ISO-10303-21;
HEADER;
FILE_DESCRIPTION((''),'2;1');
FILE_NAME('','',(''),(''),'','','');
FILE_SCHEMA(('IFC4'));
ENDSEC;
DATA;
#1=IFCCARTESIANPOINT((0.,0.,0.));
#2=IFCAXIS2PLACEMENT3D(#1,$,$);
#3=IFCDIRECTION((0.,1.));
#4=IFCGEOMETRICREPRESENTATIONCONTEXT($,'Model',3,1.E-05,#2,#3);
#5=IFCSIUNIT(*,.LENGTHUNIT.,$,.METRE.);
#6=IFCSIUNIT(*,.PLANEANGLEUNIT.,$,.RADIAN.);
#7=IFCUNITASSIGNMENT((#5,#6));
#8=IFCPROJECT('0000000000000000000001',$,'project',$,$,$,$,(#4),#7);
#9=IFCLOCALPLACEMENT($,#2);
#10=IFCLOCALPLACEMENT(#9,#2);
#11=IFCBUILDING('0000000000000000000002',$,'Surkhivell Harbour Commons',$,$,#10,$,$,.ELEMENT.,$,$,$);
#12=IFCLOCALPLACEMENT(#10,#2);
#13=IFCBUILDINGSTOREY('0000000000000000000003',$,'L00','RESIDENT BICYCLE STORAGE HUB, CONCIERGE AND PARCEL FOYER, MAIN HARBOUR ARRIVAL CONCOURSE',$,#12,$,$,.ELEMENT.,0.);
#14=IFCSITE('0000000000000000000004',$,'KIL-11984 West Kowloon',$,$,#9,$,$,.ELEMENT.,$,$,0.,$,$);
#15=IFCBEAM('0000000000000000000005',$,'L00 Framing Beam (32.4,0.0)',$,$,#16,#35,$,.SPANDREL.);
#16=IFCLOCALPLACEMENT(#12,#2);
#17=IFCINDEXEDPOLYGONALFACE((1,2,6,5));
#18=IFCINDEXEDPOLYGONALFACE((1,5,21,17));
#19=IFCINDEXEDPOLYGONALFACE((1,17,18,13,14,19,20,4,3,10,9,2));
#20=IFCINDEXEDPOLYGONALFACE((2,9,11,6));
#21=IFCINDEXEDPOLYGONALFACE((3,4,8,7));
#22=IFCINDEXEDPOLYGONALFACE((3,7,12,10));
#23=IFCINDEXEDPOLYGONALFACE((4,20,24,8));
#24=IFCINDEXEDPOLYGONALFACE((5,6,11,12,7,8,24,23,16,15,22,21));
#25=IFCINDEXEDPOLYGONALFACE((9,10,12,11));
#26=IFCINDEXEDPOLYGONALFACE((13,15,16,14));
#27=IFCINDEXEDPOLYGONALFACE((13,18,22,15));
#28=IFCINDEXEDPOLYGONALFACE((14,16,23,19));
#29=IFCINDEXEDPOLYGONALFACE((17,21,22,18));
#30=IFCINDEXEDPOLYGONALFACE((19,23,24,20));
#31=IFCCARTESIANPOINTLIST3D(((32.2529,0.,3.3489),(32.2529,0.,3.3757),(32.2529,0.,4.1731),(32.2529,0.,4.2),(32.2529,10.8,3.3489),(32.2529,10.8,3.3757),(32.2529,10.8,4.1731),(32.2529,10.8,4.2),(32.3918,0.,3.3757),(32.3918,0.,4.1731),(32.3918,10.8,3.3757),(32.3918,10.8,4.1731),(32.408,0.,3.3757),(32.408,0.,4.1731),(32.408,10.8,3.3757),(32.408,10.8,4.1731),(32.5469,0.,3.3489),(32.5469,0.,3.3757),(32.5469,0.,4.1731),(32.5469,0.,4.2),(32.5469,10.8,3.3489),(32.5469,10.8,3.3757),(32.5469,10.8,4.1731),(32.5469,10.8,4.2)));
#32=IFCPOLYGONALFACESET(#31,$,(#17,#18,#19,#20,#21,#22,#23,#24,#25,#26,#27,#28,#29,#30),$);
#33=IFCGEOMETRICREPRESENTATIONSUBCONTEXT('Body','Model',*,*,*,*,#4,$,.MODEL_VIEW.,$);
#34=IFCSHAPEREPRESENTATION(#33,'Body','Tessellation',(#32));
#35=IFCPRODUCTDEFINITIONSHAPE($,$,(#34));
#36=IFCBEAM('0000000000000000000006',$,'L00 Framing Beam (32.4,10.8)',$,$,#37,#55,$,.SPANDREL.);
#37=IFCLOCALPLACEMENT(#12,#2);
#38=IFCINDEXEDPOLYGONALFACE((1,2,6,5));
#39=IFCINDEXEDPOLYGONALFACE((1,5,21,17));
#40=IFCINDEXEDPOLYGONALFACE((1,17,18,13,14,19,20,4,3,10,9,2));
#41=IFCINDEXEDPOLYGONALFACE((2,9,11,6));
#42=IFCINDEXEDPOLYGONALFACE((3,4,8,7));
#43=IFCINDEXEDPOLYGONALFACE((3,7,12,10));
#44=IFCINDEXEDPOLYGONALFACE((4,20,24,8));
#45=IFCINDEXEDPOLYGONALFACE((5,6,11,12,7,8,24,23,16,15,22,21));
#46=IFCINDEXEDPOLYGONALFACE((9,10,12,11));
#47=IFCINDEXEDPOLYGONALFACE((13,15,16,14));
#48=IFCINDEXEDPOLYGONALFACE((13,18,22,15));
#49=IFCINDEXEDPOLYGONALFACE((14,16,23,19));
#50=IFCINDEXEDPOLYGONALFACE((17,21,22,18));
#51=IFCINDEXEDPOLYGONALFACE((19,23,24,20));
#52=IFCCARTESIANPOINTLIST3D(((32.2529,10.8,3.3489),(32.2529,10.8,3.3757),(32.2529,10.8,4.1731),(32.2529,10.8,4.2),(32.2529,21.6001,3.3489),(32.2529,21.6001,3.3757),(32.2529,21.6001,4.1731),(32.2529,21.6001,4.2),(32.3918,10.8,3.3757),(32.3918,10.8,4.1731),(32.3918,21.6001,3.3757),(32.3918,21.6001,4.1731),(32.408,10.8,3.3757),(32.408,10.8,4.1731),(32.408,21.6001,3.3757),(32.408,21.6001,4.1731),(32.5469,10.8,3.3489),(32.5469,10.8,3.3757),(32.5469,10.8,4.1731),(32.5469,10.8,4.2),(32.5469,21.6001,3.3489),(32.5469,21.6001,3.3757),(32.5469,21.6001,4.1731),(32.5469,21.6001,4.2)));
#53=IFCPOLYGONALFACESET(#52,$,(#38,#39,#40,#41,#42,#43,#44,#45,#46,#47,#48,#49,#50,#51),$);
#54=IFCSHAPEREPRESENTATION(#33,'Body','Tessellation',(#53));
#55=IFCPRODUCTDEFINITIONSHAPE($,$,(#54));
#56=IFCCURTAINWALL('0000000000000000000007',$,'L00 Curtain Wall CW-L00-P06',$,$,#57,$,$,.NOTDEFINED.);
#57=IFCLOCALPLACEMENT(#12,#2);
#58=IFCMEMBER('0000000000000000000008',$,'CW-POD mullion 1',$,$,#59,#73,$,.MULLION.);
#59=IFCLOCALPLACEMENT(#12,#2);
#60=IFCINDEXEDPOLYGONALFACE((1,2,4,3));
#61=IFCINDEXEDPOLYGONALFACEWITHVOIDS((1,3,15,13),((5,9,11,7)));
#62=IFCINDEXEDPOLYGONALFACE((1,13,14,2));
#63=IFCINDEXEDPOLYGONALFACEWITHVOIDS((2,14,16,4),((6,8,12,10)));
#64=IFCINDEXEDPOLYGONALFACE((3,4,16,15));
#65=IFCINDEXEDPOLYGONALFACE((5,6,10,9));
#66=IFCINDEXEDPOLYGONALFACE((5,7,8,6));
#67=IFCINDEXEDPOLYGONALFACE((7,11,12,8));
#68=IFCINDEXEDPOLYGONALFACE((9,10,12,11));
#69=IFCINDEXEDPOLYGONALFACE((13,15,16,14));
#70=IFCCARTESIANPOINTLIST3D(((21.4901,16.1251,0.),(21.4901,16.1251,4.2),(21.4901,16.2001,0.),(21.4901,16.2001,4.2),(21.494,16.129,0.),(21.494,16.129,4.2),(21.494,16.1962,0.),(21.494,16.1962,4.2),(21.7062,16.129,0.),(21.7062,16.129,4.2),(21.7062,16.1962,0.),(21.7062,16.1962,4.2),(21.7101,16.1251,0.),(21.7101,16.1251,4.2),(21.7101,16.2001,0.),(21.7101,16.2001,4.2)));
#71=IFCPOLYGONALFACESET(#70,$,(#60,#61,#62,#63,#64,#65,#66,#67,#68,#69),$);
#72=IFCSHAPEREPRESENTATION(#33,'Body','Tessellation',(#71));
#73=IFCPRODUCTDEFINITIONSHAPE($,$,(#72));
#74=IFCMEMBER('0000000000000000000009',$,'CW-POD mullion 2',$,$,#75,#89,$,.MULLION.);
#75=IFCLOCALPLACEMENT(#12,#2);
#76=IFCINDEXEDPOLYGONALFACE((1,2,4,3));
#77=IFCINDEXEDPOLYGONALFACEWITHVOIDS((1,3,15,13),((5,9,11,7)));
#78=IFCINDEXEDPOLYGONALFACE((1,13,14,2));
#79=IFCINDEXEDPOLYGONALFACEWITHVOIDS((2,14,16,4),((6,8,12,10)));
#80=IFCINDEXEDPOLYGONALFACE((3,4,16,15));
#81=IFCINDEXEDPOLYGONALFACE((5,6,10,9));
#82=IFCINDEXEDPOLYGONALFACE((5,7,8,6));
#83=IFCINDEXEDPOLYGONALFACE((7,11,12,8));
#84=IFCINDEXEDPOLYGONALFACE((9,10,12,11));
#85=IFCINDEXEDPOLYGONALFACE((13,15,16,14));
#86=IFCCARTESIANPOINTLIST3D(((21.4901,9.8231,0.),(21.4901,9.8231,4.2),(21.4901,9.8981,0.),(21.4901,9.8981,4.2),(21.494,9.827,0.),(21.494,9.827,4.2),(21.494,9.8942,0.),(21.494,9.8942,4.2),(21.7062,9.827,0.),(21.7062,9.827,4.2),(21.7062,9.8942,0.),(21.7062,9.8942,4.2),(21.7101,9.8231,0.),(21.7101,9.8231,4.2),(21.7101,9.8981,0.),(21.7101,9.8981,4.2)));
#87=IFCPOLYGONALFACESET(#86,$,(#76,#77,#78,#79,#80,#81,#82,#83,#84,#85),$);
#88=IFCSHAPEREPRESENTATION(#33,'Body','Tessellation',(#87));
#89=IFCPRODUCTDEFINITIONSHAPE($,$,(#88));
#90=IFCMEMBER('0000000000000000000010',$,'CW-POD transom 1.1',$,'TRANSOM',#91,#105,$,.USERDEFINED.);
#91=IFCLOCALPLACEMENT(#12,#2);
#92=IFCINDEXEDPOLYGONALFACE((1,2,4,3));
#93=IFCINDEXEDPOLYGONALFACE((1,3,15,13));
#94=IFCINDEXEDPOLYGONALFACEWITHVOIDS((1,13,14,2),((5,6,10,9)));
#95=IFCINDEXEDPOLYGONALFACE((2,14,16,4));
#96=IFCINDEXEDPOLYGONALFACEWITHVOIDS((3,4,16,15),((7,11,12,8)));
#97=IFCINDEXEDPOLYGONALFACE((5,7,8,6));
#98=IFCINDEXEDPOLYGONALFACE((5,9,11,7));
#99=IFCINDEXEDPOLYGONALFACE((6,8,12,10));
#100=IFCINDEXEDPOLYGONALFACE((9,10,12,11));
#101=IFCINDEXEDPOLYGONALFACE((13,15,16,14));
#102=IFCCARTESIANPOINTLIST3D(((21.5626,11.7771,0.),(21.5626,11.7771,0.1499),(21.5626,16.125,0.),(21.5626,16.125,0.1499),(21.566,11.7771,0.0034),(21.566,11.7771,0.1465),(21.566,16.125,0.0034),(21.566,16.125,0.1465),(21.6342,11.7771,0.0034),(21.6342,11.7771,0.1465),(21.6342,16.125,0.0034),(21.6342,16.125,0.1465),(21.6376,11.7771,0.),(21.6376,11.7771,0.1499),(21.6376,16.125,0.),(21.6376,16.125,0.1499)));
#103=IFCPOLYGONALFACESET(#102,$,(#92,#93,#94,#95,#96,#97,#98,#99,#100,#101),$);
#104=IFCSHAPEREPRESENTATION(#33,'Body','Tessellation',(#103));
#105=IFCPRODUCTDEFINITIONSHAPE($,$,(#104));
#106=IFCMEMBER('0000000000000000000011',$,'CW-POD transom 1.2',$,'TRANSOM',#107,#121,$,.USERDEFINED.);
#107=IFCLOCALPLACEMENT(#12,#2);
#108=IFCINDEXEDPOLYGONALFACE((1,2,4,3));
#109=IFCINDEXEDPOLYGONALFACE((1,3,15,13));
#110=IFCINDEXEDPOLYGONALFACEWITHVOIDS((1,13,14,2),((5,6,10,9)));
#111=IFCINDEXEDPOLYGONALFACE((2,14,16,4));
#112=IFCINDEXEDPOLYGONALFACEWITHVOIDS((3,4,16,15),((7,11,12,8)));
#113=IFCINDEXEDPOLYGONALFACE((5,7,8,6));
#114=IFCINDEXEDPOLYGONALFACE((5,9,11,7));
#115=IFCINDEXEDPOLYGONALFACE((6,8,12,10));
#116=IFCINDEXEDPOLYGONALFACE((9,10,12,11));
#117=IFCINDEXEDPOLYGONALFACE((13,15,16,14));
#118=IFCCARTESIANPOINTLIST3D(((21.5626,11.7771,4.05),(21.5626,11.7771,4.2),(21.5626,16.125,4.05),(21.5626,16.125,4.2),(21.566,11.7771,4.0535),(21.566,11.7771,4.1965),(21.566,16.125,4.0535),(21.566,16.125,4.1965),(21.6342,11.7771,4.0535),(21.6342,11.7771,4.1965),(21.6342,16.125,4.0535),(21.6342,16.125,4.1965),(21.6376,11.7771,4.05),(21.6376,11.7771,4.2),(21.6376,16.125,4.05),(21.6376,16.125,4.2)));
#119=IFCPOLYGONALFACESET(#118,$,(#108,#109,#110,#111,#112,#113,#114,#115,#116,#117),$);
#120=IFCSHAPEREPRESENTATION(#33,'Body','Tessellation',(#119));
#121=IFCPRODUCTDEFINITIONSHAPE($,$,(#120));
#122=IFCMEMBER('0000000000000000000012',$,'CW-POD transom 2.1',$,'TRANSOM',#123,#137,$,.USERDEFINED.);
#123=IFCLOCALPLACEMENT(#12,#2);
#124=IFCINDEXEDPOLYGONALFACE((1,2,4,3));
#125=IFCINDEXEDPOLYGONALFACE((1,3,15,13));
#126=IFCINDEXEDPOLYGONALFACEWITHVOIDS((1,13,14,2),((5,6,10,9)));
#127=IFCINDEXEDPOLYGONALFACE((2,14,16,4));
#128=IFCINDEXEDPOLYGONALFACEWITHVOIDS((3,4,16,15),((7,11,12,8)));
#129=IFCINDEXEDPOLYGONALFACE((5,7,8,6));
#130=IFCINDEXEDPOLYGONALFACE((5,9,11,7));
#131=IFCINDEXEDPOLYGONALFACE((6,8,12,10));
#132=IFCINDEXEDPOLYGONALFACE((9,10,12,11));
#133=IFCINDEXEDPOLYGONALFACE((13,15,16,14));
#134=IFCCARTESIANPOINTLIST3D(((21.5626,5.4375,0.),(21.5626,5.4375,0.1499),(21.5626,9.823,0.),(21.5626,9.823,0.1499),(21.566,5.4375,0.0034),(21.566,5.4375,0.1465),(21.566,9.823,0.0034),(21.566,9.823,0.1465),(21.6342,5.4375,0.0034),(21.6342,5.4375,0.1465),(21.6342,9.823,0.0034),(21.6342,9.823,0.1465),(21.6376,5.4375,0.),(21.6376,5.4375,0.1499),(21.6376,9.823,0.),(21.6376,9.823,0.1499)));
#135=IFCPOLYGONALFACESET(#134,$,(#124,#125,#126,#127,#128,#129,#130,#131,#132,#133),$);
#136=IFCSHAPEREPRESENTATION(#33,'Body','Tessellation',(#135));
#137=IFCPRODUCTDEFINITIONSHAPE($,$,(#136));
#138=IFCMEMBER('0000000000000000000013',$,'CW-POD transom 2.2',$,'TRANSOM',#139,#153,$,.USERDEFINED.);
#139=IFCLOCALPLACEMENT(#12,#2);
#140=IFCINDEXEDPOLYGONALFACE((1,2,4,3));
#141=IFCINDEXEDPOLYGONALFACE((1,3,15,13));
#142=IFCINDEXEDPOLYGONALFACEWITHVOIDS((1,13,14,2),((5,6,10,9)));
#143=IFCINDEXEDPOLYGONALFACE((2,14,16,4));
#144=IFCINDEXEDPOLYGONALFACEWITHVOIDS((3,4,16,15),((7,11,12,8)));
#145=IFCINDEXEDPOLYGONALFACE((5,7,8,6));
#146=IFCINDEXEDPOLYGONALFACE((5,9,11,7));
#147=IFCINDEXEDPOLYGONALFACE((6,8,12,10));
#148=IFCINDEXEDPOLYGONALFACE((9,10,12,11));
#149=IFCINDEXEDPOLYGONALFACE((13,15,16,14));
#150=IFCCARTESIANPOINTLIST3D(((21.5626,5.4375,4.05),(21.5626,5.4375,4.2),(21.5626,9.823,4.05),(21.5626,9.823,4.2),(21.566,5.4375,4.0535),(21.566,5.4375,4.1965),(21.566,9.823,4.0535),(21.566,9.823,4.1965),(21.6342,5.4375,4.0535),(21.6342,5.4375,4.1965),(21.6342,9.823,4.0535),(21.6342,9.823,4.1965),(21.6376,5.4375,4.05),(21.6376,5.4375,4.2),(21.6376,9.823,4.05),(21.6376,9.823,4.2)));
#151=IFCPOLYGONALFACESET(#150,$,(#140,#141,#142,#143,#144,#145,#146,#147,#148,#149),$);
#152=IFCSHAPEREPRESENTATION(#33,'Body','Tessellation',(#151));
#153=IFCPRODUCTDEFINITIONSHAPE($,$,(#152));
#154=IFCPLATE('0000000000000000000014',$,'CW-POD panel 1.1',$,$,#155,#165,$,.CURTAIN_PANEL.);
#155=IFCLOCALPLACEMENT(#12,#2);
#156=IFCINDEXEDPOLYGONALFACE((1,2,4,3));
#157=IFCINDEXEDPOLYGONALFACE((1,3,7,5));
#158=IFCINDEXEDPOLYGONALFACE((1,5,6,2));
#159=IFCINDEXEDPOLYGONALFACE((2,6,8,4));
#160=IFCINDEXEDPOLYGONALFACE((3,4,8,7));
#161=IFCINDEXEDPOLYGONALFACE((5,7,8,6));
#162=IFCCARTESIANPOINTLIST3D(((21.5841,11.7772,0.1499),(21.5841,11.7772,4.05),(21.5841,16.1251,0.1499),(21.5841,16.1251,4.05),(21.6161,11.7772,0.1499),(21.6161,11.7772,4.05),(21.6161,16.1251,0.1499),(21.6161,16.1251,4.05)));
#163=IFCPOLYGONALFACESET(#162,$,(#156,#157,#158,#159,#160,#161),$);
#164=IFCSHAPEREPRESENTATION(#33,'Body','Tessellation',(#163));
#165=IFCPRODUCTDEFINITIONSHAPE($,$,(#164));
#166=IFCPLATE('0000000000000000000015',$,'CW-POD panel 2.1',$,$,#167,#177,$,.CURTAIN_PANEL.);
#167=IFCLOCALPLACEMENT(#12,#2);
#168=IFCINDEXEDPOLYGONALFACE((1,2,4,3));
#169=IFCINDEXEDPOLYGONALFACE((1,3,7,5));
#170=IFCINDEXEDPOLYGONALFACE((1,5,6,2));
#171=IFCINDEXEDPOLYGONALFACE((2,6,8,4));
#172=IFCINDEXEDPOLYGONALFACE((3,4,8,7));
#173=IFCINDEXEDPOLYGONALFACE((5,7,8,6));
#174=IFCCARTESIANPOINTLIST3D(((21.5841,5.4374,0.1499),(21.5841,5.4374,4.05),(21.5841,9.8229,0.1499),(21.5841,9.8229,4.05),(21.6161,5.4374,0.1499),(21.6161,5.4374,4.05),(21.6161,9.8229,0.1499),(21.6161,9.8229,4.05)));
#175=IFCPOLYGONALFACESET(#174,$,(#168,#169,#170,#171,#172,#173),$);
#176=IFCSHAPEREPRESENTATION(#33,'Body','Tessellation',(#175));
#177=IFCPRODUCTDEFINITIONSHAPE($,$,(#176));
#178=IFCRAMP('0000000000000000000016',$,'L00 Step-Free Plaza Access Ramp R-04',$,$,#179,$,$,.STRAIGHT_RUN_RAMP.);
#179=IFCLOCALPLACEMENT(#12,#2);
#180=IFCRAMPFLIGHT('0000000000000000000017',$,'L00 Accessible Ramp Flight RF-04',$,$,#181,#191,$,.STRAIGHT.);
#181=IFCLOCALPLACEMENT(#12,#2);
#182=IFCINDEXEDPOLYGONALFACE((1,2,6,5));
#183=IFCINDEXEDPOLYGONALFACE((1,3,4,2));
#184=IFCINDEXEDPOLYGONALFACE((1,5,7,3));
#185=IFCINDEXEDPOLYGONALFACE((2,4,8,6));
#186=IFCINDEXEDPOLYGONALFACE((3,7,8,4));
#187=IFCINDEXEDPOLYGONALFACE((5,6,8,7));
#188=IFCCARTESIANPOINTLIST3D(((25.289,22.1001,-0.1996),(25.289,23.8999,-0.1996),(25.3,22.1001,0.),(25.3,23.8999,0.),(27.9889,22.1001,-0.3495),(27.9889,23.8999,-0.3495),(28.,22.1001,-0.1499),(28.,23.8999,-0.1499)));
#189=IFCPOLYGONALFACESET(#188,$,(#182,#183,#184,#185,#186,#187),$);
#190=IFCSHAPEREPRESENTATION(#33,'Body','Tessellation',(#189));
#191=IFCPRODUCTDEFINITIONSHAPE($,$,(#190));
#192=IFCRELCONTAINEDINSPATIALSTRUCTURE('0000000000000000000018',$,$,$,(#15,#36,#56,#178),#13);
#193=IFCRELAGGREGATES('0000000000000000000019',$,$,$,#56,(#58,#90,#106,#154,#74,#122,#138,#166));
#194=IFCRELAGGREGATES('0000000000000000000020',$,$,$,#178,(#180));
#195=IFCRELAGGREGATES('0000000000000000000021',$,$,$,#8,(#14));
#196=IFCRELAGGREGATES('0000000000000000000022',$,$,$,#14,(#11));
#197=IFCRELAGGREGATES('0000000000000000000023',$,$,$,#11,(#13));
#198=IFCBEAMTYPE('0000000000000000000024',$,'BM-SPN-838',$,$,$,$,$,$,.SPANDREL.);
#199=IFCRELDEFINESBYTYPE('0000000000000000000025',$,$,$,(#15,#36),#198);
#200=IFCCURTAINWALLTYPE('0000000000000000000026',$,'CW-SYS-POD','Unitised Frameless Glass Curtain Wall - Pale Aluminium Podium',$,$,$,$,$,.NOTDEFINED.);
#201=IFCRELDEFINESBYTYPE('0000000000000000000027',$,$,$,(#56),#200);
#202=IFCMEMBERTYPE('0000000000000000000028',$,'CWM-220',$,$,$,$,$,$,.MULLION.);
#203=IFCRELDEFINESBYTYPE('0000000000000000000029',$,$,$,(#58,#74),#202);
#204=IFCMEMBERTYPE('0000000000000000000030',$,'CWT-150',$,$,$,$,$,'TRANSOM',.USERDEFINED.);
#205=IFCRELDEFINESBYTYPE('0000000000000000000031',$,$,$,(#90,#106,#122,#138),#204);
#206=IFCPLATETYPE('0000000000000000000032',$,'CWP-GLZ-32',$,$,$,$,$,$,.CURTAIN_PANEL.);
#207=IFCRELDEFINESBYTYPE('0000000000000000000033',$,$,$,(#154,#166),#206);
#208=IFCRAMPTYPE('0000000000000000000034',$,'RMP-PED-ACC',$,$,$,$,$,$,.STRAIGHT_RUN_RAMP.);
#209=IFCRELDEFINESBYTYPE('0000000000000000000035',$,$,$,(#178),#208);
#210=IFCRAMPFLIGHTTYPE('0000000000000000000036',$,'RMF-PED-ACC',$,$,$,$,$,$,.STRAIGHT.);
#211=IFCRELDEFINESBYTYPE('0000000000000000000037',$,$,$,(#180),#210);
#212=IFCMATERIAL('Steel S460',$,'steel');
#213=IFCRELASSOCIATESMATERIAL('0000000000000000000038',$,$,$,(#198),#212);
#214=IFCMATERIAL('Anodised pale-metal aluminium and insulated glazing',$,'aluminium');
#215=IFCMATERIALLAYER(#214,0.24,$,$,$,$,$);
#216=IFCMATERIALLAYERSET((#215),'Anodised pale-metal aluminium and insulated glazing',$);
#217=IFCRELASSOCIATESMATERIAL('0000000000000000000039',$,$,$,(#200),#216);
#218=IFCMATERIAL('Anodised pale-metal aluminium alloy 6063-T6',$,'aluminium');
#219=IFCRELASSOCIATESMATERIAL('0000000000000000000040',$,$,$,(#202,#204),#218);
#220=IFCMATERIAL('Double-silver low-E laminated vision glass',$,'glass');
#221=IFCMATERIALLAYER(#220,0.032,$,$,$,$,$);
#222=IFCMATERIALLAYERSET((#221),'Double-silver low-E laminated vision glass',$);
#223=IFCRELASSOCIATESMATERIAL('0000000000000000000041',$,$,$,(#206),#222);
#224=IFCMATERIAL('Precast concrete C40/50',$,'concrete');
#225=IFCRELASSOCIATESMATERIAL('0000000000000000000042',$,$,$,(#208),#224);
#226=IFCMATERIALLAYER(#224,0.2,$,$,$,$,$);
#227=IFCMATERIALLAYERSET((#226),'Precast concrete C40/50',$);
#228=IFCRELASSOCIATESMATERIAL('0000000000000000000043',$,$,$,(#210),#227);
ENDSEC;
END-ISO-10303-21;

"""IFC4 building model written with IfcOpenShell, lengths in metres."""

from ifc_helpers import new_model, si_unit, direction, frame, frame_2d, origin, origin_2d, place, context, subcontext, project, spatial, polyline, rectangle, hollow_rectangle, i_section, outline, extrude, material, layer, layer_set, material_profile, profile_set, type_object, element, aggregate, save


model = new_model("IFC4")

# Units and contexts
model_context = context("Model", 3, precision=1e-05, world=origin(), true_north=direction((0.0, 1.0)))
body_context = subcontext(model_context, "Body", "Model", "MODEL_VIEW")
ifc_project = project(units=[si_unit("LENGTHUNIT", "METRE"), si_unit("PLANEANGLEUNIT", "RADIAN")], contexts=[model_context])

# Site, building, storey
site_placement = place(None, origin())
site = spatial("IfcSite", under=ifc_project, at=site_placement, Name="KIL-11984 West Kowloon", CompositionType="ELEMENT", RefElevation=0.0)
building_placement = place(site_placement, origin())
building = spatial("IfcBuilding", under=site, at=building_placement, Name="Surkhivell Harbour Commons", CompositionType="ELEMENT")
storey_placement = place(building_placement, origin())
storey = spatial("IfcBuildingStorey", under=building, at=storey_placement, Name="L00", Description="RESIDENT BICYCLE STORAGE HUB, CONCIERGE AND PARCEL FOYER, MAIN HARBOUR ARRIVAL CONCOURSE", CompositionType="ELEMENT", Elevation=0.0)

# Beams
ifc_material_1 = material(Name="Steel S460", Category="steel")
ifc_material_profile_1 = material_profile(ifc_material_1, i_section(OverallWidth=0.2939, OverallDepth=0.8511, WebThickness=0.0161, FlangeThickness=0.0269, at=origin_2d()), Name="UB838x292x226")
ifc_profile_set_1 = profile_set([ifc_material_profile_1], Name="Steel S460")
beam_type = type_object("IfcBeamType", Name="BM-SPN-838", PredefinedType="SPANDREL", material=ifc_profile_set_1)
for number, where, z_axis, x_axis, name in (
    (1, (32.3999, 0.0, 3.7744), (0.0, 1.0, 0.0), (-1.0, 0.0, 0.0), "L00 Framing Beam (32.4,0.0)"),
    (2, (32.3999, 10.8, 3.7744), (0.0, 1.0, 0.0), (-1.0, 0.0, 0.0), "L00 Framing Beam (32.4,10.8)"),
):
    element("IfcBeam", number, at=place(storey_placement, frame(where, z_axis=z_axis, x_axis=x_axis)), inside=storey, type_object=beam_type, Name=name, PredefinedType="SPANDREL", context=body_context, shape_type="SweptSolid", body=[
        extrude(i_section(OverallWidth=0.2939, OverallDepth=0.8511, WebThickness=0.0161, FlangeThickness=0.0269, at=origin_2d()), origin(), (0.0, 0.0, 1.0), 10.8),
    ])

# Curtain wall, members, plates
ifc_material_2 = material(Name="Anodised pale-metal aluminium and insulated glazing", Category="aluminium")
ifc_layer_1 = layer(ifc_material_2, 0.24)
ifc_layer_set_1 = layer_set([ifc_layer_1], Name="Anodised pale-metal aluminium and insulated glazing")
curtain_wall_type = type_object("IfcCurtainWallType", Name="CW-SYS-POD", Description="Unitised Frameless Glass Curtain Wall - Pale Aluminium Podium", PredefinedType="NOTDEFINED", material=ifc_layer_set_1)
curtain_wall_placement = place(storey_placement, origin())
curtain_wall = element("IfcCurtainWall", 3, at=curtain_wall_placement, inside=storey, type_object=curtain_wall_type, Name="L00 Curtain Wall CW-L00-P06", PredefinedType="NOTDEFINED")
ifc_material_3 = material(Name="Anodised pale-metal aluminium alloy 6063-T6", Category="aluminium")
ifc_material_profile_2 = material_profile(ifc_material_3, hollow_rectangle(XDim=0.075, YDim=0.22, WallThickness=0.0039, at=origin_2d()), Name="ALU-MULL-75x220")
ifc_profile_set_2 = profile_set([ifc_material_profile_2], Name="Anodised pale-metal aluminium alloy 6063-T6")
member_type_1 = type_object("IfcMemberType", Name="CWM-220", PredefinedType="MULLION", material=ifc_profile_set_2)
member_1_placement = place(storey_placement, frame((21.6001, 16.1626, 0.0), z_axis=(0.0, 0.0, 1.0), x_axis=(0.0, -1.0, 0.0)))
member_1 = element("IfcMember", 4, at=member_1_placement, type_object=member_type_1, Name="CW-POD mullion 1", PredefinedType="MULLION", context=body_context, shape_type="SweptSolid", body=[
    extrude(hollow_rectangle(XDim=0.075, YDim=0.22, WallThickness=0.0039, at=origin_2d()), origin(), (0.0, 0.0, 1.0), 4.2),
])
member_2_placement = place(storey_placement, frame((21.6001, 9.8606, 0.0), z_axis=(0.0, 0.0, 1.0), x_axis=(0.0, -1.0, 0.0)))
member_2 = element("IfcMember", 5, at=member_2_placement, type_object=member_type_1, Name="CW-POD mullion 2", PredefinedType="MULLION", context=body_context, shape_type="SweptSolid", body=[
    extrude(hollow_rectangle(XDim=0.075, YDim=0.22, WallThickness=0.0039, at=origin_2d()), origin(), (0.0, 0.0, 1.0), 4.2),
])
ifc_material_profile_3 = material_profile(ifc_material_3, hollow_rectangle(XDim=0.075, YDim=0.1499, WallThickness=0.0034, at=origin_2d()), Name="ALU-TRAN-75x150")
ifc_profile_set_3 = profile_set([ifc_material_profile_3], Name="Anodised pale-metal aluminium alloy 6063-T6")
member_type_2 = type_object("IfcMemberType", Name="CWT-150", ElementType="TRANSOM", PredefinedType="USERDEFINED", material=ifc_profile_set_3)
member_3_placement = place(storey_placement, frame((21.6001, 16.125, 0.075), z_axis=(0.0, -1.0, 0.0), x_axis=(1.0, 0.0, 0.0)))
member_3 = element("IfcMember", 6, at=member_3_placement, type_object=member_type_2, Name="CW-POD transom 1.1", ObjectType="TRANSOM", PredefinedType="USERDEFINED", context=body_context, shape_type="SweptSolid", body=[
    extrude(hollow_rectangle(XDim=0.075, YDim=0.1499, WallThickness=0.0034, at=origin_2d()), origin(), (0.0, 0.0, 1.0), 4.3479),
])
member_4_placement = place(storey_placement, frame((21.6001, 16.125, 4.125), z_axis=(0.0, -1.0, 0.0), x_axis=(1.0, 0.0, 0.0)))
member_4 = element("IfcMember", 7, at=member_4_placement, type_object=member_type_2, Name="CW-POD transom 1.2", ObjectType="TRANSOM", PredefinedType="USERDEFINED", context=body_context, shape_type="SweptSolid", body=[
    extrude(hollow_rectangle(XDim=0.075, YDim=0.1499, WallThickness=0.0034, at=origin_2d()), origin(), (0.0, 0.0, 1.0), 4.3479),
])
member_5_placement = place(storey_placement, frame((21.6001, 9.823, 0.075), z_axis=(0.0, -1.0, 0.0), x_axis=(1.0, 0.0, 0.0)))
member_5 = element("IfcMember", 8, at=member_5_placement, type_object=member_type_2, Name="CW-POD transom 2.1", ObjectType="TRANSOM", PredefinedType="USERDEFINED", context=body_context, shape_type="SweptSolid", body=[
    extrude(hollow_rectangle(XDim=0.075, YDim=0.1499, WallThickness=0.0034, at=origin_2d()), origin(), (0.0, 0.0, 1.0), 4.3855),
])
member_6_placement = place(storey_placement, frame((21.6001, 9.823, 4.125), z_axis=(0.0, -1.0, 0.0), x_axis=(1.0, 0.0, 0.0)))
member_6 = element("IfcMember", 9, at=member_6_placement, type_object=member_type_2, Name="CW-POD transom 2.2", ObjectType="TRANSOM", PredefinedType="USERDEFINED", context=body_context, shape_type="SweptSolid", body=[
    extrude(hollow_rectangle(XDim=0.075, YDim=0.1499, WallThickness=0.0034, at=origin_2d()), origin(), (0.0, 0.0, 1.0), 4.3855),
])
ifc_material_4 = material(Name="Double-silver low-E laminated vision glass", Category="glass")
ifc_layer_2 = layer(ifc_material_4, 0.032)
ifc_layer_set_2 = layer_set([ifc_layer_2], Name="Double-silver low-E laminated vision glass")
plate_type = type_object("IfcPlateType", Name="CWP-GLZ-32", PredefinedType="CURTAIN_PANEL", material=ifc_layer_set_2)
plate_1_placement = place(storey_placement, frame((21.6001, 16.125, 0.1499), z_axis=(0.0, 0.0, 1.0), x_axis=(0.0, -1.0, 0.0)))
plate_1 = element("IfcPlate", 10, at=plate_1_placement, type_object=plate_type, Name="CW-POD panel 1.1", PredefinedType="CURTAIN_PANEL", context=body_context, shape_type="SweptSolid", body=[
    extrude(rectangle(XDim=4.3479, YDim=0.032, at=frame_2d((2.1738, 0.0))), origin(), (0.0, 0.0, 1.0), 3.9001),
])
plate_2_placement = place(storey_placement, frame((21.6001, 9.823, 0.1499), z_axis=(0.0, 0.0, 1.0), x_axis=(0.0, -1.0, 0.0)))
plate_2 = element("IfcPlate", 11, at=plate_2_placement, type_object=plate_type, Name="CW-POD panel 2.1", PredefinedType="CURTAIN_PANEL", context=body_context, shape_type="SweptSolid", body=[
    extrude(rectangle(XDim=4.3855, YDim=0.032, at=frame_2d((2.1929, 0.0))), origin(), (0.0, 0.0, 1.0), 3.9001),
])
aggregate(curtain_wall, [member_1, member_3, member_4, plate_1, member_2, member_5, member_6, plate_2])

# Ramp, ramp flight
ifc_material_5 = material(Name="Precast concrete C40/50", Category="concrete")
ramp_type = type_object("IfcRampType", Name="RMP-PED-ACC", PredefinedType="STRAIGHT_RUN_RAMP", material=ifc_material_5)
ramp_placement = place(storey_placement, origin())
ramp = element("IfcRamp", 12, at=ramp_placement, inside=storey, type_object=ramp_type, Name="L00 Step-Free Plaza Access Ramp R-04", PredefinedType="STRAIGHT_RUN_RAMP")
ifc_layer_3 = layer(ifc_material_5, 0.2)
ifc_layer_set_3 = layer_set([ifc_layer_3], Name="Precast concrete C40/50")
ramp_flight_type = type_object("IfcRampFlightType", Name="RMF-PED-ACC", PredefinedType="STRAIGHT", material=ifc_layer_set_3)
ramp_flight_placement = place(storey_placement, frame((25.3, 22.1001, 0.0), z_axis=(0.055435, 0.0, 0.998462), x_axis=(0.998462, 0.0, -0.055435)))
ramp_flight = element("IfcRampFlight", 13, at=ramp_flight_placement, type_object=ramp_flight_type, Name="L00 Accessible Ramp Flight RF-04", PredefinedType="STRAIGHT", context=body_context, shape_type="SweptSolid", body=[
    extrude(outline(polyline([(0.0, 0.0), (2.7041, 0.0), (2.7041, 1.7998), (0.0, 1.7998), (0.0, 0.0)])), origin(), (0.0, 0.0, -1.0), 0.2),
])
aggregate(ramp, [ramp_flight])

save(model, "model.ifc")
